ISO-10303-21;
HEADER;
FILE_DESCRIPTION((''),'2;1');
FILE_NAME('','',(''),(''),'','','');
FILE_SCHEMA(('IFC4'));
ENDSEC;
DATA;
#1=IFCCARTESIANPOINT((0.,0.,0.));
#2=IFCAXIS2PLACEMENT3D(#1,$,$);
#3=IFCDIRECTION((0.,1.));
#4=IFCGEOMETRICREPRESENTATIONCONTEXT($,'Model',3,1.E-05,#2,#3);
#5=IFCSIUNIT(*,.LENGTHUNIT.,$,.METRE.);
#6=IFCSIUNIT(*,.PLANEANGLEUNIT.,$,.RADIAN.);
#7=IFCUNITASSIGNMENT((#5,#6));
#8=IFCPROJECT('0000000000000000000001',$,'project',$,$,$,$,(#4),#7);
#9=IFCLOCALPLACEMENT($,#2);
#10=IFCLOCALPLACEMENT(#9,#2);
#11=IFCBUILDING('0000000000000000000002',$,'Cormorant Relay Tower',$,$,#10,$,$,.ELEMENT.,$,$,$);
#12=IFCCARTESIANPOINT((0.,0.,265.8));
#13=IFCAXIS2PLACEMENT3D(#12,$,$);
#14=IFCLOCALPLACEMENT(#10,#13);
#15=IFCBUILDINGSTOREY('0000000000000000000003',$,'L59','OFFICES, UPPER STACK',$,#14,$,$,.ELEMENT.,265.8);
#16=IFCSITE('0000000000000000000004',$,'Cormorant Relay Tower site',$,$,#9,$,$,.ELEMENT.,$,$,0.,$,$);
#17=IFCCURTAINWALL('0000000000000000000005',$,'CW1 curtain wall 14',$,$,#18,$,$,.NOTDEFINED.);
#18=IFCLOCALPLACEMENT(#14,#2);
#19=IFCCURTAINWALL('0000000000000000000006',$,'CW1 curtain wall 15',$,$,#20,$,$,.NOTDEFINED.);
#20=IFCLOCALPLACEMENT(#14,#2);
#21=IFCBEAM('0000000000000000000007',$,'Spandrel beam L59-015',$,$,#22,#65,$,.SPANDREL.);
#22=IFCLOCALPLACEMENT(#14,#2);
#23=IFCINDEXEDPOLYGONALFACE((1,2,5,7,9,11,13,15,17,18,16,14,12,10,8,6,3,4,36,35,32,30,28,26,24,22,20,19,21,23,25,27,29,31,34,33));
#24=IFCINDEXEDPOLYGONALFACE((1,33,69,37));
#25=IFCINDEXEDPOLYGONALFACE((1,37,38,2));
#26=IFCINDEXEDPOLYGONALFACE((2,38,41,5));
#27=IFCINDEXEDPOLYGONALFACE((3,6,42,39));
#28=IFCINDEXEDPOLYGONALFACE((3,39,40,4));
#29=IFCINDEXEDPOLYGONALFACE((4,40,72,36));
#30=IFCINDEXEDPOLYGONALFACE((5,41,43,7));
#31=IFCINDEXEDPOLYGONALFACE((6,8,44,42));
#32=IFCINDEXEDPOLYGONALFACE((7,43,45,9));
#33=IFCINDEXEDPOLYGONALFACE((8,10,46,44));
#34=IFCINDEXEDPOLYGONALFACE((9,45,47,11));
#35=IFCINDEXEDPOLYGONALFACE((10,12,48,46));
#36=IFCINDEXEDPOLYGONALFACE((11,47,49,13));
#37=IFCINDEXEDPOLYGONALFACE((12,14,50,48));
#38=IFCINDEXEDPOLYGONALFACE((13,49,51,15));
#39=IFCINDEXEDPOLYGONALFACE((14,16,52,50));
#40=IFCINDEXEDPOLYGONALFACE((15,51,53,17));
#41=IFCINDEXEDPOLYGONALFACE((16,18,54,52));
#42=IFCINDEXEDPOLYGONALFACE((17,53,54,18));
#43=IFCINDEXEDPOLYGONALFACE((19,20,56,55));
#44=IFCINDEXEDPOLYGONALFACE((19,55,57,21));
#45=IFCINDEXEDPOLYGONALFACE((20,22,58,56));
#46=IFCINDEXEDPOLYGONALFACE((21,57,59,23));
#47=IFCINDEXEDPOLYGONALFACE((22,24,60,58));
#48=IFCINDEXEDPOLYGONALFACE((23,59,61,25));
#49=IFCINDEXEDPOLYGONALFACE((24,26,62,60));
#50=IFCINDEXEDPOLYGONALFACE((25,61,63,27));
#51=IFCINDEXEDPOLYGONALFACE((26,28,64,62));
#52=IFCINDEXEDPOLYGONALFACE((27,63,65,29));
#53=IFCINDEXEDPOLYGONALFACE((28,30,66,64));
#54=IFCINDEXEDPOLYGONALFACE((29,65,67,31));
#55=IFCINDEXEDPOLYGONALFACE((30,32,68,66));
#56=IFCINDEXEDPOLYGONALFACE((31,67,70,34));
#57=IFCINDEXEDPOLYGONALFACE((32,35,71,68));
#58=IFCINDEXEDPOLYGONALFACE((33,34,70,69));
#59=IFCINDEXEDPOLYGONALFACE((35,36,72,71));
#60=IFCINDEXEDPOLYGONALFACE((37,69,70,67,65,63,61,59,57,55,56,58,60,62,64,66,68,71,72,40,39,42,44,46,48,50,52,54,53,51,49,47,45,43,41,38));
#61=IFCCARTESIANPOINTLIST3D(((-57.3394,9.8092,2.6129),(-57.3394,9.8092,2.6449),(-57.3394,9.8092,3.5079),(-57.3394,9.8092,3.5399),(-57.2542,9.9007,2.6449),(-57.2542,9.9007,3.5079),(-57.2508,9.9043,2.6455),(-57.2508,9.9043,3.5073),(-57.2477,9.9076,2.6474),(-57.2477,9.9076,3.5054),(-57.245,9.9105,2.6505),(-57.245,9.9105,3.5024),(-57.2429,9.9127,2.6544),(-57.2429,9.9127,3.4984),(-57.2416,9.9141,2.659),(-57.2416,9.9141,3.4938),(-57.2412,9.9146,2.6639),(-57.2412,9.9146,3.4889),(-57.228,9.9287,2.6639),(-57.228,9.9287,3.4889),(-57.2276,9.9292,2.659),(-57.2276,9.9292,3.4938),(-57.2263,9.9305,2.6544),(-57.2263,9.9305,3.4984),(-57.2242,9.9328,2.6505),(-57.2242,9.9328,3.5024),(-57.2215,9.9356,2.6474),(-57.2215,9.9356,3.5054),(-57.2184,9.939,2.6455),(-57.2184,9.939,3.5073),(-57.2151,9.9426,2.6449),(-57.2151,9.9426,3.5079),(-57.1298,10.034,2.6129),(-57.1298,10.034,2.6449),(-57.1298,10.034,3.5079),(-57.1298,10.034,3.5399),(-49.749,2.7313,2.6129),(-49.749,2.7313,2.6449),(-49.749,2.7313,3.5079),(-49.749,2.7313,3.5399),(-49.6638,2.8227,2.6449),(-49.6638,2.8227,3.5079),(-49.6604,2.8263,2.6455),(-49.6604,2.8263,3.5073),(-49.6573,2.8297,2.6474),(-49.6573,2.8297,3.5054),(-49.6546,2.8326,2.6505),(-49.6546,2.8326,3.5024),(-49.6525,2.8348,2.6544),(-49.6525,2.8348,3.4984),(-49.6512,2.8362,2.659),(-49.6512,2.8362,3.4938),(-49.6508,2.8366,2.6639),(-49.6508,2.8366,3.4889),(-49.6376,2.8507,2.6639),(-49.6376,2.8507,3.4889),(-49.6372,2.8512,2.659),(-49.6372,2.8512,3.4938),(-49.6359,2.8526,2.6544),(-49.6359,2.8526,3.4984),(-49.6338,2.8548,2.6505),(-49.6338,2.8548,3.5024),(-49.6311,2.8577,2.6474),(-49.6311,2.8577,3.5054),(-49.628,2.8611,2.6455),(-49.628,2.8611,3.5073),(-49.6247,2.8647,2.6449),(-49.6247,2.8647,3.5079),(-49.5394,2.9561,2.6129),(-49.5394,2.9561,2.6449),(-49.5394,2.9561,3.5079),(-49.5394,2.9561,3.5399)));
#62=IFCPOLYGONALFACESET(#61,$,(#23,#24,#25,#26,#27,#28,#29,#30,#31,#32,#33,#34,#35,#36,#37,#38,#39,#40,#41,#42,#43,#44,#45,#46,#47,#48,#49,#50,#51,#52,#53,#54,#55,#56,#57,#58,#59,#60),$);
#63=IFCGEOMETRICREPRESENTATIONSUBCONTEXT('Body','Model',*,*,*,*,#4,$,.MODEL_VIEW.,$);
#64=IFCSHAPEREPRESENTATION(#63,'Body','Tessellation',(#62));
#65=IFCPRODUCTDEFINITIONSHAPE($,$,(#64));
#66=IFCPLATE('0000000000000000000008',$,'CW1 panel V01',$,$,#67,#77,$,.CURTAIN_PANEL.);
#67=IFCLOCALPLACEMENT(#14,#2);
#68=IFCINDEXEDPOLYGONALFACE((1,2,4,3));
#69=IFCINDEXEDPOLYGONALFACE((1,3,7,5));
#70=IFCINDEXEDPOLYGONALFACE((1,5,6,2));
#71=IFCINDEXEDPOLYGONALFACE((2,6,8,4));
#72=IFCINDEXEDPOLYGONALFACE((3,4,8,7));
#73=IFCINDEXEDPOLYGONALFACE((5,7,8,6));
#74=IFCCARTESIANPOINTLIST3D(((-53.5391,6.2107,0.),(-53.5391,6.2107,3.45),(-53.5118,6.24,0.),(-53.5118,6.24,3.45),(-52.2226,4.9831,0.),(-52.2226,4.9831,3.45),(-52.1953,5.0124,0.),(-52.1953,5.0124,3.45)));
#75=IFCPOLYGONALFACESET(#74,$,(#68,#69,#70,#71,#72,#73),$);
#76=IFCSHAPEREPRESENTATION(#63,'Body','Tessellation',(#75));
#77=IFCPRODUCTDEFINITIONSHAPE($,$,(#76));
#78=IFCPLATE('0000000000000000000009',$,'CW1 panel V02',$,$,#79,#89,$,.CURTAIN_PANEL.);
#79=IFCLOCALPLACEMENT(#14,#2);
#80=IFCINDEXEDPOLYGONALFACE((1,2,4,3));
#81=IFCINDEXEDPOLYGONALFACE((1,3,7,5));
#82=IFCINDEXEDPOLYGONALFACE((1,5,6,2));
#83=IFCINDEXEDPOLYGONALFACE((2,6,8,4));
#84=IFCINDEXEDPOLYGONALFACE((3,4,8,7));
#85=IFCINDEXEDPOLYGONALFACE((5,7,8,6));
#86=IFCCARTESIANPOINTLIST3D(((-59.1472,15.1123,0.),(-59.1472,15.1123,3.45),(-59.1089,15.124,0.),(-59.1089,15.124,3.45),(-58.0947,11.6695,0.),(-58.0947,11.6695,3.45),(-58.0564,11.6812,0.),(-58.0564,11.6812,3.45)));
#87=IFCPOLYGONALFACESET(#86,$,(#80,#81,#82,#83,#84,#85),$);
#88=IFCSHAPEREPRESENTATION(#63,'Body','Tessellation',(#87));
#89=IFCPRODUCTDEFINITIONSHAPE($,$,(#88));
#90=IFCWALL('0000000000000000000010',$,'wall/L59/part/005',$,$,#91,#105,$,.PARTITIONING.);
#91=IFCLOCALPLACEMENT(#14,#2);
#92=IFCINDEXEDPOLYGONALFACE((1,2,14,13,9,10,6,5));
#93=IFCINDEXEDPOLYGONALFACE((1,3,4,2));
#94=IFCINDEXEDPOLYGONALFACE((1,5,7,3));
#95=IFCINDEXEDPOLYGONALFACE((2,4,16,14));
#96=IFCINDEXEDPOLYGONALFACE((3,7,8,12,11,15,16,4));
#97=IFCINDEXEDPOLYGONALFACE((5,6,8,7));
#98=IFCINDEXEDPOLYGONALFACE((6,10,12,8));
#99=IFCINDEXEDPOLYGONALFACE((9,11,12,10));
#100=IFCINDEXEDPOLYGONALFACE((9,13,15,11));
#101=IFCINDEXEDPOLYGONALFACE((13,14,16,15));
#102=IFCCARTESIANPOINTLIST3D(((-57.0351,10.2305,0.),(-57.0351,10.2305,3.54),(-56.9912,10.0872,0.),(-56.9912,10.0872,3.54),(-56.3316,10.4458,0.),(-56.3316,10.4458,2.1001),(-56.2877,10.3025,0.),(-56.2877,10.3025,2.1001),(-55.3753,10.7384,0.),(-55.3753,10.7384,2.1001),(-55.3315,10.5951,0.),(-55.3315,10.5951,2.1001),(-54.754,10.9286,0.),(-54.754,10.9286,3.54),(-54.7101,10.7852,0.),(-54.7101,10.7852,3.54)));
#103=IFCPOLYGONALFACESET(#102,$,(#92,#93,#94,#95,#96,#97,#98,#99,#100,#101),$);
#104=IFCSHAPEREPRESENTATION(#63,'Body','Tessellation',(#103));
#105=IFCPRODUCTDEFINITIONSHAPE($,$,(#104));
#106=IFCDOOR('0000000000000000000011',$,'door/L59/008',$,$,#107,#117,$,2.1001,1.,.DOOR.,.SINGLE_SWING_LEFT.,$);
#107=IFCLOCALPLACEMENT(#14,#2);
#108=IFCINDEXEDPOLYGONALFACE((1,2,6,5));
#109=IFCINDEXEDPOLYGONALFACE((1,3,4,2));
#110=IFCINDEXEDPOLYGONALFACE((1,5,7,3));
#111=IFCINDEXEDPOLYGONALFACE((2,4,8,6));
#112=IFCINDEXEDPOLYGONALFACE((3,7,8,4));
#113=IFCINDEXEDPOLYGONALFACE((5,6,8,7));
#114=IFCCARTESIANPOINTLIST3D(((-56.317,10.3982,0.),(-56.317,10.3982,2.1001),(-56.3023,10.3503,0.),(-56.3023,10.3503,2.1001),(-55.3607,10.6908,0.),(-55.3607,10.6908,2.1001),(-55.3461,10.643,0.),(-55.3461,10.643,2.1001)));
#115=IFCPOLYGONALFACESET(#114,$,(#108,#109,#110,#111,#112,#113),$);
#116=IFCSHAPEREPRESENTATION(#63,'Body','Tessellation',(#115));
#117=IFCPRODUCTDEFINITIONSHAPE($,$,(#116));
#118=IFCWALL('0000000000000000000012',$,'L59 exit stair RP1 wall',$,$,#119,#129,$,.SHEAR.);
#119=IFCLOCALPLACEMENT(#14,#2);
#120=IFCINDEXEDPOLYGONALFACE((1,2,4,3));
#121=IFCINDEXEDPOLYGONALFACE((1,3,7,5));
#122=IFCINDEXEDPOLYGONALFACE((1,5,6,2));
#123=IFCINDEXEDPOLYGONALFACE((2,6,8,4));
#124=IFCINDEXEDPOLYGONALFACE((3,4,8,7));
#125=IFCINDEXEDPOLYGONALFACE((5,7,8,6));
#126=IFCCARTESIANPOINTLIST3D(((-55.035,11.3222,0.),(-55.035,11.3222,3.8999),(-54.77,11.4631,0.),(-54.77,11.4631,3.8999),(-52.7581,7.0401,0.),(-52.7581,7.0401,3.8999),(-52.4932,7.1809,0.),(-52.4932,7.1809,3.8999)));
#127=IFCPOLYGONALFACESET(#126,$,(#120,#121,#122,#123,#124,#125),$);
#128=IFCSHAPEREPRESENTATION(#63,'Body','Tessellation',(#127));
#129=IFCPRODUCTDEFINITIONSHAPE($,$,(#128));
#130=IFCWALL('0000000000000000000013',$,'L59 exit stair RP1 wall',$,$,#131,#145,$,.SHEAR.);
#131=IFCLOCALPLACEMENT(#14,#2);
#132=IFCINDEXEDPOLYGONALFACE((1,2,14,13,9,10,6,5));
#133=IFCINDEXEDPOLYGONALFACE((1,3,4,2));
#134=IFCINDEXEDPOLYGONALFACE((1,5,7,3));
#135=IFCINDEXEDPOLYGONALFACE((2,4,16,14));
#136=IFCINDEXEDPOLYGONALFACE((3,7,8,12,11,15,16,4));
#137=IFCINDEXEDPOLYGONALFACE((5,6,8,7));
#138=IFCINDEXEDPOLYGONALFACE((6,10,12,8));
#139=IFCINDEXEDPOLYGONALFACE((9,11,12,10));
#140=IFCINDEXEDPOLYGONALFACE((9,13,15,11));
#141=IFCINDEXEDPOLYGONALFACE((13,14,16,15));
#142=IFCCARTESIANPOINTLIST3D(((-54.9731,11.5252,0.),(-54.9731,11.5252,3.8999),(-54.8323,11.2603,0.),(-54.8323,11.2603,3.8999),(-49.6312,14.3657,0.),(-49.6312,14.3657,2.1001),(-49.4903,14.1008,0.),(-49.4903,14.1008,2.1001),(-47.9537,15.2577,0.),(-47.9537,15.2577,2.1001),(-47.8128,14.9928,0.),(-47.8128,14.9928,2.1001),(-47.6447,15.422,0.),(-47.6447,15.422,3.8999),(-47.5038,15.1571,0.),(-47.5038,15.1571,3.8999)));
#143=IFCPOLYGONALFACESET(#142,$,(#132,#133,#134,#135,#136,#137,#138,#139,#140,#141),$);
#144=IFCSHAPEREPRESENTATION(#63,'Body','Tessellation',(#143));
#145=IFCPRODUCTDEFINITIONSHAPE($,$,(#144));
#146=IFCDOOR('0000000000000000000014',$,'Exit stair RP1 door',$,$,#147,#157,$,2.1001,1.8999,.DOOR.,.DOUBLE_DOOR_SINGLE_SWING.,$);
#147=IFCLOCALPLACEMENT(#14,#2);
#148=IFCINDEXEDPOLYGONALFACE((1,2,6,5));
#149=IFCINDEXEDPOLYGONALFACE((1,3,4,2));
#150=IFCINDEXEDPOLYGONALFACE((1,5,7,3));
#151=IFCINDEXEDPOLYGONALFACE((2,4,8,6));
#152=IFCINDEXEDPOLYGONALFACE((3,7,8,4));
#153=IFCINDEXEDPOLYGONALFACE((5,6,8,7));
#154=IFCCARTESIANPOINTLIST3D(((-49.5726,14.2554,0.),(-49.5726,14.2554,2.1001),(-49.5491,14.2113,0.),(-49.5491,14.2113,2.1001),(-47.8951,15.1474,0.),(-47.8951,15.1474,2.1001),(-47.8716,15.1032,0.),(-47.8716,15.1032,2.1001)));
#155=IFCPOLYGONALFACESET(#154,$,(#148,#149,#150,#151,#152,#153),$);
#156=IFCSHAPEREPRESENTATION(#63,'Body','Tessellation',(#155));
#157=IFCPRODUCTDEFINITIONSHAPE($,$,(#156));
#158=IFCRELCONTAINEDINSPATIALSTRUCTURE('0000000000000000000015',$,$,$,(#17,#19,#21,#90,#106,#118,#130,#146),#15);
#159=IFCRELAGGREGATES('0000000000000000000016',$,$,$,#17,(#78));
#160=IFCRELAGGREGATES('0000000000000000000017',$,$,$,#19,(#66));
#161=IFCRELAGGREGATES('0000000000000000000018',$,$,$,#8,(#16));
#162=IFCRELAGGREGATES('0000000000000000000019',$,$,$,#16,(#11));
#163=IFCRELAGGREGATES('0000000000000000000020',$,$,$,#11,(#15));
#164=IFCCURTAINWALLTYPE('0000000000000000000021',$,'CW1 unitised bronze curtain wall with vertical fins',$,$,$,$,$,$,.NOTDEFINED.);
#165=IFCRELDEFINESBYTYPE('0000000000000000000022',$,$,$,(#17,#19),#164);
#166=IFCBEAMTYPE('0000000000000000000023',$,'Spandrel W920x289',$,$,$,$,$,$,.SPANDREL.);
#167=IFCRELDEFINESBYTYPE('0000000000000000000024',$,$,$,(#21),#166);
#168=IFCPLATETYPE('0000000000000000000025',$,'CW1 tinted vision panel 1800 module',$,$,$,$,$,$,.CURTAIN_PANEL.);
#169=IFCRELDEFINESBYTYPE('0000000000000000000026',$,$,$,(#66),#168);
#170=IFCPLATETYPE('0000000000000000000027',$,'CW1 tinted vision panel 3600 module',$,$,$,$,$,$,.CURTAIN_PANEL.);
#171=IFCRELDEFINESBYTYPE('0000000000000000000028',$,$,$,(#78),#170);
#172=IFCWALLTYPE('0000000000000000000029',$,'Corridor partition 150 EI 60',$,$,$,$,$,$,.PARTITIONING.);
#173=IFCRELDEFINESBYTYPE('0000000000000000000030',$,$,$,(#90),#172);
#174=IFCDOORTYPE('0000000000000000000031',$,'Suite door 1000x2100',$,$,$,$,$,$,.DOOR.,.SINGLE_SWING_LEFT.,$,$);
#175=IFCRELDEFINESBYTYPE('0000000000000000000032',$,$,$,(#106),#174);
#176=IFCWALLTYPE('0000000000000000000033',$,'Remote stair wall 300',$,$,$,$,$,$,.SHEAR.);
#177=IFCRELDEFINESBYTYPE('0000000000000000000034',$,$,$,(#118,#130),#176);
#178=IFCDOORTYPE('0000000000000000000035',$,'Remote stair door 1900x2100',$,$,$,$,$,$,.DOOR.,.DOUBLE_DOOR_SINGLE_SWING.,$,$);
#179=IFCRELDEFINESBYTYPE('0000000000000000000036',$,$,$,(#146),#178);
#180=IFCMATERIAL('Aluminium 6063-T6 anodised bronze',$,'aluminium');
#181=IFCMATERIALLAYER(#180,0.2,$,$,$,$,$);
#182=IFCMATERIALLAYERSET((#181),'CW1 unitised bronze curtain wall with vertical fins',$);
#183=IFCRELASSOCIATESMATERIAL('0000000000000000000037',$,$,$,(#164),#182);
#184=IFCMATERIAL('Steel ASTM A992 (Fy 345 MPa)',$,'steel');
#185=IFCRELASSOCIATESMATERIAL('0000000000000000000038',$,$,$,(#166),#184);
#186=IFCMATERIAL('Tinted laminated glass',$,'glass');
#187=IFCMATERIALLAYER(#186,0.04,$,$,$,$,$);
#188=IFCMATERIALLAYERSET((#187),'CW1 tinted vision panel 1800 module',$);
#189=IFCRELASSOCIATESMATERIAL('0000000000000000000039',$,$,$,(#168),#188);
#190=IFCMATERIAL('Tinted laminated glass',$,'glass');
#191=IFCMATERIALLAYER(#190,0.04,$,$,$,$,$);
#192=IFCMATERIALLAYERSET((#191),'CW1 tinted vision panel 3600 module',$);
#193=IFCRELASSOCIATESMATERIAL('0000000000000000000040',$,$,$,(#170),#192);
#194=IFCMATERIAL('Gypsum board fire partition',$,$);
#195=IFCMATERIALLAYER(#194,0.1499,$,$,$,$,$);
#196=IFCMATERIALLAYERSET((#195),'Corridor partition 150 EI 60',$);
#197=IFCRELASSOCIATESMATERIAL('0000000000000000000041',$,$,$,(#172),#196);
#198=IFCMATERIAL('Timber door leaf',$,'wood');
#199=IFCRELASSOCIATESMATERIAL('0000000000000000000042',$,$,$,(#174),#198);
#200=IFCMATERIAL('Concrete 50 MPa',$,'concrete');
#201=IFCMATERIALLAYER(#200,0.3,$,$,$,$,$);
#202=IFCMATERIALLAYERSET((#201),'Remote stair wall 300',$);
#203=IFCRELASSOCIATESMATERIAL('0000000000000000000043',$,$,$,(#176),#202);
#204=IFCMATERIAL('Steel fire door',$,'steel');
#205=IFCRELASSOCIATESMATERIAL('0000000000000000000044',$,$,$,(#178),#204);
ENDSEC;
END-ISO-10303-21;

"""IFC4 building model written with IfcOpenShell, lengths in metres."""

from ifc_helpers import new_model, si_unit, direction, frame, frame_2d, origin, origin_2d, place, context, subcontext, project, spatial, rectangle, i_section, extrude, material, layer, layer_set, material_profile, profile_set, type_object, element, fill, aggregate, save


model = new_model("IFC4")

# Units and contexts
model_context = context("Model", 3, precision=1e-05, world=origin(), true_north=direction((0.0, 1.0)))
body_context = subcontext(model_context, "Body", "Model", "MODEL_VIEW")
ifc_project = project(units=[si_unit("LENGTHUNIT", "METRE"), si_unit("PLANEANGLEUNIT", "RADIAN")], contexts=[model_context])

# Site, building, storey
site_placement = place(None, origin())
site = spatial("IfcSite", under=ifc_project, at=site_placement, Name="Cormorant Relay Tower site", CompositionType="ELEMENT", RefElevation=0.0)
building_placement = place(site_placement, origin())
building = spatial("IfcBuilding", under=site, at=building_placement, Name="Cormorant Relay Tower", CompositionType="ELEMENT")
storey_placement = place(building_placement, frame((0.0, 0.0, 265.8)))
storey = spatial("IfcBuildingStorey", under=building, at=storey_placement, Name="L59", Description="OFFICES, UPPER STACK", CompositionType="ELEMENT", Elevation=265.8)

# Curtain wall
ifc_material_1 = material(Name="Aluminium 6063-T6 anodised bronze", Category="aluminium")
ifc_layer_1 = layer(ifc_material_1, 0.2)
ifc_layer_set_1 = layer_set([ifc_layer_1], Name="CW1 unitised bronze curtain wall with vertical fins")
curtain_wall_type = type_object("IfcCurtainWallType", Name="CW1 unitised bronze curtain wall with vertical fins", PredefinedType="NOTDEFINED", material=ifc_layer_set_1)
curtain_wall_1_placement = place(storey_placement, origin())
curtain_wall_1 = element("IfcCurtainWall", 1, at=curtain_wall_1_placement, inside=storey, type_object=curtain_wall_type, Name="CW1 curtain wall 14", PredefinedType="NOTDEFINED")

# Curtain wall
curtain_wall_2_placement = place(storey_placement, origin())
curtain_wall_2 = element("IfcCurtainWall", 2, at=curtain_wall_2_placement, inside=storey, type_object=curtain_wall_type, Name="CW1 curtain wall 15", PredefinedType="NOTDEFINED")

# Beam
ifc_material_2 = material(Name="Steel ASTM A992 (Fy 345 MPa)", Category="steel")
ifc_material_profile_1 = material_profile(ifc_material_2, i_section(OverallWidth=0.3074, OverallDepth=0.927, WebThickness=0.0193, FlangeThickness=0.032, FilletRadius=0.019, at=origin_2d()), Name="W920x289")
ifc_profile_set_1 = profile_set([ifc_material_profile_1], Name="Steel ASTM A992 (Fy 345 MPa)")
beam_type = type_object("IfcBeamType", Name="Spandrel W920x289", PredefinedType="SPANDREL", material=ifc_profile_set_1)
beam_placement = place(storey_placement, frame((-57.2346, 9.9216, 3.0764), z_axis=(0.731364, -0.681987, 0.0), x_axis=(0.681987, 0.731364, 0.0)))
element("IfcBeam", 3, at=beam_placement, inside=storey, type_object=beam_type, Name="Spandrel beam L59-015", PredefinedType="SPANDREL", context=body_context, shape_type="SweptSolid", body=[
    extrude(i_section(OverallWidth=0.3074, OverallDepth=0.927, WebThickness=0.0193, FlangeThickness=0.032, FilletRadius=0.019, at=origin_2d()), origin(), (0.0, 0.0, 1.0), 10.3784),
])

# Plates
ifc_material_3 = material(Name="Tinted laminated glass", Category="glass")
ifc_layer_2 = layer(ifc_material_3, 0.04)
ifc_layer_set_2 = layer_set([ifc_layer_2], Name="CW1 tinted vision panel 1800 module")
plate_type_1 = type_object("IfcPlateType", Name="CW1 tinted vision panel 1800 module", PredefinedType="CURTAIN_PANEL", material=ifc_layer_set_2)
plate_1_placement = place(storey_placement, frame((-52.8672, 5.6116, 0.0), z_axis=(0.0, 0.0, 1.0), x_axis=(0.731354, -0.681998, 0.0)))
plate_1 = element("IfcPlate", 4, at=plate_1_placement, type_object=plate_type_1, Name="CW1 panel V01", PredefinedType="CURTAIN_PANEL", context=body_context, shape_type="SweptSolid", body=[
    extrude(rectangle(XDim=1.8, YDim=0.04, at=origin_2d()), origin(), (0.0, 0.0, 1.0), 3.45),
])
ifc_material_4 = material(Name="Tinted laminated glass", Category="glass")
ifc_layer_3 = layer(ifc_material_4, 0.04)
ifc_layer_set_3 = layer_set([ifc_layer_3], Name="CW1 tinted vision panel 3600 module")
plate_type_2 = type_object("IfcPlateType", Name="CW1 tinted vision panel 3600 module", PredefinedType="CURTAIN_PANEL", material=ifc_layer_set_3)
plate_2_placement = place(storey_placement, frame((-58.6018, 13.3967, 0.0), z_axis=(0.0, 0.0, 1.0), x_axis=(0.292372, -0.956305, 0.0)))
plate_2 = element("IfcPlate", 5, at=plate_2_placement, type_object=plate_type_2, Name="CW1 panel V02", PredefinedType="CURTAIN_PANEL", context=body_context, shape_type="SweptSolid", body=[
    extrude(rectangle(XDim=3.6001, YDim=0.04, at=origin_2d()), origin(), (0.0, 0.0, 1.0), 3.45),
])

# Wall, opening, door
ifc_material_5 = material(Name="Gypsum board fire partition")
ifc_layer_4 = layer(ifc_material_5, 0.1499)
ifc_layer_set_4 = layer_set([ifc_layer_4], Name="Corridor partition 150 EI 60")
wall_type_1 = type_object("IfcWallType", Name="Corridor partition 150 EI 60", PredefinedType="PARTITIONING", material=ifc_layer_set_4)
wall_1_placement = place(storey_placement, frame((-54.7319, 10.8569, 0.0), z_axis=(0.0, 0.0, 1.0), x_axis=(-0.956232, -0.292611, 0.0)))
wall_1 = element("IfcWall", 6, at=wall_1_placement, inside=storey, type_object=wall_type_1, Name="wall/L59/part/005", PredefinedType="PARTITIONING", context=body_context, shape_type="SweptSolid", body=[
    extrude(rectangle(XDim=2.3855, YDim=0.1499, at=frame_2d((1.1929, 0.0))), origin(), (0.0, 0.0, 1.0), 3.54),
])
opening_1_placement = place(wall_1_placement, frame((0.6499, 0.0, 0.0)))
opening_1 = element("IfcOpeningElement", 7, at=opening_1_placement, cuts=wall_1, PredefinedType="OPENING", context=body_context, shape_type="SweptSolid", body=[
    extrude(rectangle(XDim=1.0, YDim=2.1001, at=frame_2d((0.5, 1.05))), frame((0.0, 0.085, 0.0), z_axis=(0.0, -1.0, 0.0), x_axis=(1.0, 0.0, 0.0)), (0.0, 0.0, 1.0), 0.1699),
])
ifc_material_6 = material(Name="Timber door leaf", Category="wood")
door_type_1 = type_object("IfcDoorType", Name="Suite door 1000x2100", OperationType="SINGLE_SWING_LEFT", PredefinedType="DOOR", material=ifc_material_6)
door_1_placement = place(opening_1_placement, origin())
door_1 = element("IfcDoor", 8, at=door_1_placement, inside=storey, type_object=door_type_1, Name="door/L59/008", OperationType="SINGLE_SWING_LEFT", OverallHeight=2.1001, OverallWidth=1.0, PredefinedType="DOOR", context=body_context, shape_type="SweptSolid", body=[
    extrude(rectangle(XDim=1.0, YDim=2.1001, at=frame_2d((0.5, 1.05))), frame((0.0, 0.0249, 0.0), z_axis=(0.0, -1.0, 0.0), x_axis=(1.0, 0.0, 0.0)), (0.0, 0.0, 1.0), 0.05),
])
fill(opening_1, door_1)

# Wall
ifc_material_7 = material(Name="Concrete 50 MPa", Category="concrete")
ifc_layer_5 = layer(ifc_material_7, 0.3)
ifc_layer_set_5 = layer_set([ifc_layer_5], Name="Remote stair wall 300")
wall_type_2 = type_object("IfcWallType", Name="Remote stair wall 300", PredefinedType="SHEAR", material=ifc_layer_set_5)
wall_2_placement = place(storey_placement, frame((-52.6257, 7.1106, 0.0), z_axis=(0.0, 0.0, 1.0), x_axis=(-0.469464, 0.882951, 0.0)))
element("IfcWall", 9, at=wall_2_placement, inside=storey, type_object=wall_type_2, Name="L59 exit stair RP1 wall", PredefinedType="SHEAR", context=body_context, shape_type="SweptSolid", body=[
    extrude(rectangle(XDim=4.8499, YDim=0.3, at=frame_2d((2.4248, 0.0))), origin(), (0.0, 0.0, 1.0), 3.8999),
])

# Wall, opening, door
wall_3_placement = place(storey_placement, frame((-54.9026, 11.3928, 0.0), z_axis=(0.0, 0.0, 1.0), x_axis=(0.882939, 0.469487, 0.0)))
wall_3 = element("IfcWall", 10, at=wall_3_placement, inside=storey, type_object=wall_type_2, Name="L59 exit stair RP1 wall", PredefinedType="SHEAR", context=body_context, shape_type="SweptSolid", body=[
    extrude(rectangle(XDim=8.3, YDim=0.3, at=frame_2d((4.1499, 0.0))), origin(), (0.0, 0.0, 1.0), 3.8999),
])
opening_2_placement = place(wall_3_placement, frame((6.05, 0.0, 0.0)))
opening_2 = element("IfcOpeningElement", 11, at=opening_2_placement, cuts=wall_3, PredefinedType="OPENING", context=body_context, shape_type="SweptSolid", body=[
    extrude(rectangle(XDim=1.8999, YDim=2.1001, at=frame_2d((0.95, 1.05))), frame((0.0, 0.1599, 0.0), z_axis=(0.0, -1.0, 0.0), x_axis=(1.0, 0.0, 0.0)), (0.0, 0.0, 1.0), 0.3201),
])
ifc_material_8 = material(Name="Steel fire door", Category="steel")
door_type_2 = type_object("IfcDoorType", Name="Remote stair door 1900x2100", OperationType="DOUBLE_DOOR_SINGLE_SWING", PredefinedType="DOOR", material=ifc_material_8)
door_2_placement = place(opening_2_placement, frame((1.8999, 0.0, 0.0), z_axis=(0.0, 0.0, 1.0), x_axis=(-1.0, 0.0, 0.0)))
door_2 = element("IfcDoor", 12, at=door_2_placement, inside=storey, type_object=door_type_2, Name="Exit stair RP1 door", OperationType="DOUBLE_DOOR_SINGLE_SWING", OverallHeight=2.1001, OverallWidth=1.8999, PredefinedType="DOOR", context=body_context, shape_type="SweptSolid", body=[
    extrude(rectangle(XDim=1.8999, YDim=2.1001, at=frame_2d((0.95, 1.05))), frame((0.0, 0.0249, 0.0), z_axis=(0.0, -1.0, 0.0), x_axis=(1.0, 0.0, 0.0)), (0.0, 0.0, 1.0), 0.05),
])
fill(opening_2, door_2)

aggregate(curtain_wall_1, [plate_2])
aggregate(curtain_wall_2, [plate_1])

save(model, "model.ifc")
